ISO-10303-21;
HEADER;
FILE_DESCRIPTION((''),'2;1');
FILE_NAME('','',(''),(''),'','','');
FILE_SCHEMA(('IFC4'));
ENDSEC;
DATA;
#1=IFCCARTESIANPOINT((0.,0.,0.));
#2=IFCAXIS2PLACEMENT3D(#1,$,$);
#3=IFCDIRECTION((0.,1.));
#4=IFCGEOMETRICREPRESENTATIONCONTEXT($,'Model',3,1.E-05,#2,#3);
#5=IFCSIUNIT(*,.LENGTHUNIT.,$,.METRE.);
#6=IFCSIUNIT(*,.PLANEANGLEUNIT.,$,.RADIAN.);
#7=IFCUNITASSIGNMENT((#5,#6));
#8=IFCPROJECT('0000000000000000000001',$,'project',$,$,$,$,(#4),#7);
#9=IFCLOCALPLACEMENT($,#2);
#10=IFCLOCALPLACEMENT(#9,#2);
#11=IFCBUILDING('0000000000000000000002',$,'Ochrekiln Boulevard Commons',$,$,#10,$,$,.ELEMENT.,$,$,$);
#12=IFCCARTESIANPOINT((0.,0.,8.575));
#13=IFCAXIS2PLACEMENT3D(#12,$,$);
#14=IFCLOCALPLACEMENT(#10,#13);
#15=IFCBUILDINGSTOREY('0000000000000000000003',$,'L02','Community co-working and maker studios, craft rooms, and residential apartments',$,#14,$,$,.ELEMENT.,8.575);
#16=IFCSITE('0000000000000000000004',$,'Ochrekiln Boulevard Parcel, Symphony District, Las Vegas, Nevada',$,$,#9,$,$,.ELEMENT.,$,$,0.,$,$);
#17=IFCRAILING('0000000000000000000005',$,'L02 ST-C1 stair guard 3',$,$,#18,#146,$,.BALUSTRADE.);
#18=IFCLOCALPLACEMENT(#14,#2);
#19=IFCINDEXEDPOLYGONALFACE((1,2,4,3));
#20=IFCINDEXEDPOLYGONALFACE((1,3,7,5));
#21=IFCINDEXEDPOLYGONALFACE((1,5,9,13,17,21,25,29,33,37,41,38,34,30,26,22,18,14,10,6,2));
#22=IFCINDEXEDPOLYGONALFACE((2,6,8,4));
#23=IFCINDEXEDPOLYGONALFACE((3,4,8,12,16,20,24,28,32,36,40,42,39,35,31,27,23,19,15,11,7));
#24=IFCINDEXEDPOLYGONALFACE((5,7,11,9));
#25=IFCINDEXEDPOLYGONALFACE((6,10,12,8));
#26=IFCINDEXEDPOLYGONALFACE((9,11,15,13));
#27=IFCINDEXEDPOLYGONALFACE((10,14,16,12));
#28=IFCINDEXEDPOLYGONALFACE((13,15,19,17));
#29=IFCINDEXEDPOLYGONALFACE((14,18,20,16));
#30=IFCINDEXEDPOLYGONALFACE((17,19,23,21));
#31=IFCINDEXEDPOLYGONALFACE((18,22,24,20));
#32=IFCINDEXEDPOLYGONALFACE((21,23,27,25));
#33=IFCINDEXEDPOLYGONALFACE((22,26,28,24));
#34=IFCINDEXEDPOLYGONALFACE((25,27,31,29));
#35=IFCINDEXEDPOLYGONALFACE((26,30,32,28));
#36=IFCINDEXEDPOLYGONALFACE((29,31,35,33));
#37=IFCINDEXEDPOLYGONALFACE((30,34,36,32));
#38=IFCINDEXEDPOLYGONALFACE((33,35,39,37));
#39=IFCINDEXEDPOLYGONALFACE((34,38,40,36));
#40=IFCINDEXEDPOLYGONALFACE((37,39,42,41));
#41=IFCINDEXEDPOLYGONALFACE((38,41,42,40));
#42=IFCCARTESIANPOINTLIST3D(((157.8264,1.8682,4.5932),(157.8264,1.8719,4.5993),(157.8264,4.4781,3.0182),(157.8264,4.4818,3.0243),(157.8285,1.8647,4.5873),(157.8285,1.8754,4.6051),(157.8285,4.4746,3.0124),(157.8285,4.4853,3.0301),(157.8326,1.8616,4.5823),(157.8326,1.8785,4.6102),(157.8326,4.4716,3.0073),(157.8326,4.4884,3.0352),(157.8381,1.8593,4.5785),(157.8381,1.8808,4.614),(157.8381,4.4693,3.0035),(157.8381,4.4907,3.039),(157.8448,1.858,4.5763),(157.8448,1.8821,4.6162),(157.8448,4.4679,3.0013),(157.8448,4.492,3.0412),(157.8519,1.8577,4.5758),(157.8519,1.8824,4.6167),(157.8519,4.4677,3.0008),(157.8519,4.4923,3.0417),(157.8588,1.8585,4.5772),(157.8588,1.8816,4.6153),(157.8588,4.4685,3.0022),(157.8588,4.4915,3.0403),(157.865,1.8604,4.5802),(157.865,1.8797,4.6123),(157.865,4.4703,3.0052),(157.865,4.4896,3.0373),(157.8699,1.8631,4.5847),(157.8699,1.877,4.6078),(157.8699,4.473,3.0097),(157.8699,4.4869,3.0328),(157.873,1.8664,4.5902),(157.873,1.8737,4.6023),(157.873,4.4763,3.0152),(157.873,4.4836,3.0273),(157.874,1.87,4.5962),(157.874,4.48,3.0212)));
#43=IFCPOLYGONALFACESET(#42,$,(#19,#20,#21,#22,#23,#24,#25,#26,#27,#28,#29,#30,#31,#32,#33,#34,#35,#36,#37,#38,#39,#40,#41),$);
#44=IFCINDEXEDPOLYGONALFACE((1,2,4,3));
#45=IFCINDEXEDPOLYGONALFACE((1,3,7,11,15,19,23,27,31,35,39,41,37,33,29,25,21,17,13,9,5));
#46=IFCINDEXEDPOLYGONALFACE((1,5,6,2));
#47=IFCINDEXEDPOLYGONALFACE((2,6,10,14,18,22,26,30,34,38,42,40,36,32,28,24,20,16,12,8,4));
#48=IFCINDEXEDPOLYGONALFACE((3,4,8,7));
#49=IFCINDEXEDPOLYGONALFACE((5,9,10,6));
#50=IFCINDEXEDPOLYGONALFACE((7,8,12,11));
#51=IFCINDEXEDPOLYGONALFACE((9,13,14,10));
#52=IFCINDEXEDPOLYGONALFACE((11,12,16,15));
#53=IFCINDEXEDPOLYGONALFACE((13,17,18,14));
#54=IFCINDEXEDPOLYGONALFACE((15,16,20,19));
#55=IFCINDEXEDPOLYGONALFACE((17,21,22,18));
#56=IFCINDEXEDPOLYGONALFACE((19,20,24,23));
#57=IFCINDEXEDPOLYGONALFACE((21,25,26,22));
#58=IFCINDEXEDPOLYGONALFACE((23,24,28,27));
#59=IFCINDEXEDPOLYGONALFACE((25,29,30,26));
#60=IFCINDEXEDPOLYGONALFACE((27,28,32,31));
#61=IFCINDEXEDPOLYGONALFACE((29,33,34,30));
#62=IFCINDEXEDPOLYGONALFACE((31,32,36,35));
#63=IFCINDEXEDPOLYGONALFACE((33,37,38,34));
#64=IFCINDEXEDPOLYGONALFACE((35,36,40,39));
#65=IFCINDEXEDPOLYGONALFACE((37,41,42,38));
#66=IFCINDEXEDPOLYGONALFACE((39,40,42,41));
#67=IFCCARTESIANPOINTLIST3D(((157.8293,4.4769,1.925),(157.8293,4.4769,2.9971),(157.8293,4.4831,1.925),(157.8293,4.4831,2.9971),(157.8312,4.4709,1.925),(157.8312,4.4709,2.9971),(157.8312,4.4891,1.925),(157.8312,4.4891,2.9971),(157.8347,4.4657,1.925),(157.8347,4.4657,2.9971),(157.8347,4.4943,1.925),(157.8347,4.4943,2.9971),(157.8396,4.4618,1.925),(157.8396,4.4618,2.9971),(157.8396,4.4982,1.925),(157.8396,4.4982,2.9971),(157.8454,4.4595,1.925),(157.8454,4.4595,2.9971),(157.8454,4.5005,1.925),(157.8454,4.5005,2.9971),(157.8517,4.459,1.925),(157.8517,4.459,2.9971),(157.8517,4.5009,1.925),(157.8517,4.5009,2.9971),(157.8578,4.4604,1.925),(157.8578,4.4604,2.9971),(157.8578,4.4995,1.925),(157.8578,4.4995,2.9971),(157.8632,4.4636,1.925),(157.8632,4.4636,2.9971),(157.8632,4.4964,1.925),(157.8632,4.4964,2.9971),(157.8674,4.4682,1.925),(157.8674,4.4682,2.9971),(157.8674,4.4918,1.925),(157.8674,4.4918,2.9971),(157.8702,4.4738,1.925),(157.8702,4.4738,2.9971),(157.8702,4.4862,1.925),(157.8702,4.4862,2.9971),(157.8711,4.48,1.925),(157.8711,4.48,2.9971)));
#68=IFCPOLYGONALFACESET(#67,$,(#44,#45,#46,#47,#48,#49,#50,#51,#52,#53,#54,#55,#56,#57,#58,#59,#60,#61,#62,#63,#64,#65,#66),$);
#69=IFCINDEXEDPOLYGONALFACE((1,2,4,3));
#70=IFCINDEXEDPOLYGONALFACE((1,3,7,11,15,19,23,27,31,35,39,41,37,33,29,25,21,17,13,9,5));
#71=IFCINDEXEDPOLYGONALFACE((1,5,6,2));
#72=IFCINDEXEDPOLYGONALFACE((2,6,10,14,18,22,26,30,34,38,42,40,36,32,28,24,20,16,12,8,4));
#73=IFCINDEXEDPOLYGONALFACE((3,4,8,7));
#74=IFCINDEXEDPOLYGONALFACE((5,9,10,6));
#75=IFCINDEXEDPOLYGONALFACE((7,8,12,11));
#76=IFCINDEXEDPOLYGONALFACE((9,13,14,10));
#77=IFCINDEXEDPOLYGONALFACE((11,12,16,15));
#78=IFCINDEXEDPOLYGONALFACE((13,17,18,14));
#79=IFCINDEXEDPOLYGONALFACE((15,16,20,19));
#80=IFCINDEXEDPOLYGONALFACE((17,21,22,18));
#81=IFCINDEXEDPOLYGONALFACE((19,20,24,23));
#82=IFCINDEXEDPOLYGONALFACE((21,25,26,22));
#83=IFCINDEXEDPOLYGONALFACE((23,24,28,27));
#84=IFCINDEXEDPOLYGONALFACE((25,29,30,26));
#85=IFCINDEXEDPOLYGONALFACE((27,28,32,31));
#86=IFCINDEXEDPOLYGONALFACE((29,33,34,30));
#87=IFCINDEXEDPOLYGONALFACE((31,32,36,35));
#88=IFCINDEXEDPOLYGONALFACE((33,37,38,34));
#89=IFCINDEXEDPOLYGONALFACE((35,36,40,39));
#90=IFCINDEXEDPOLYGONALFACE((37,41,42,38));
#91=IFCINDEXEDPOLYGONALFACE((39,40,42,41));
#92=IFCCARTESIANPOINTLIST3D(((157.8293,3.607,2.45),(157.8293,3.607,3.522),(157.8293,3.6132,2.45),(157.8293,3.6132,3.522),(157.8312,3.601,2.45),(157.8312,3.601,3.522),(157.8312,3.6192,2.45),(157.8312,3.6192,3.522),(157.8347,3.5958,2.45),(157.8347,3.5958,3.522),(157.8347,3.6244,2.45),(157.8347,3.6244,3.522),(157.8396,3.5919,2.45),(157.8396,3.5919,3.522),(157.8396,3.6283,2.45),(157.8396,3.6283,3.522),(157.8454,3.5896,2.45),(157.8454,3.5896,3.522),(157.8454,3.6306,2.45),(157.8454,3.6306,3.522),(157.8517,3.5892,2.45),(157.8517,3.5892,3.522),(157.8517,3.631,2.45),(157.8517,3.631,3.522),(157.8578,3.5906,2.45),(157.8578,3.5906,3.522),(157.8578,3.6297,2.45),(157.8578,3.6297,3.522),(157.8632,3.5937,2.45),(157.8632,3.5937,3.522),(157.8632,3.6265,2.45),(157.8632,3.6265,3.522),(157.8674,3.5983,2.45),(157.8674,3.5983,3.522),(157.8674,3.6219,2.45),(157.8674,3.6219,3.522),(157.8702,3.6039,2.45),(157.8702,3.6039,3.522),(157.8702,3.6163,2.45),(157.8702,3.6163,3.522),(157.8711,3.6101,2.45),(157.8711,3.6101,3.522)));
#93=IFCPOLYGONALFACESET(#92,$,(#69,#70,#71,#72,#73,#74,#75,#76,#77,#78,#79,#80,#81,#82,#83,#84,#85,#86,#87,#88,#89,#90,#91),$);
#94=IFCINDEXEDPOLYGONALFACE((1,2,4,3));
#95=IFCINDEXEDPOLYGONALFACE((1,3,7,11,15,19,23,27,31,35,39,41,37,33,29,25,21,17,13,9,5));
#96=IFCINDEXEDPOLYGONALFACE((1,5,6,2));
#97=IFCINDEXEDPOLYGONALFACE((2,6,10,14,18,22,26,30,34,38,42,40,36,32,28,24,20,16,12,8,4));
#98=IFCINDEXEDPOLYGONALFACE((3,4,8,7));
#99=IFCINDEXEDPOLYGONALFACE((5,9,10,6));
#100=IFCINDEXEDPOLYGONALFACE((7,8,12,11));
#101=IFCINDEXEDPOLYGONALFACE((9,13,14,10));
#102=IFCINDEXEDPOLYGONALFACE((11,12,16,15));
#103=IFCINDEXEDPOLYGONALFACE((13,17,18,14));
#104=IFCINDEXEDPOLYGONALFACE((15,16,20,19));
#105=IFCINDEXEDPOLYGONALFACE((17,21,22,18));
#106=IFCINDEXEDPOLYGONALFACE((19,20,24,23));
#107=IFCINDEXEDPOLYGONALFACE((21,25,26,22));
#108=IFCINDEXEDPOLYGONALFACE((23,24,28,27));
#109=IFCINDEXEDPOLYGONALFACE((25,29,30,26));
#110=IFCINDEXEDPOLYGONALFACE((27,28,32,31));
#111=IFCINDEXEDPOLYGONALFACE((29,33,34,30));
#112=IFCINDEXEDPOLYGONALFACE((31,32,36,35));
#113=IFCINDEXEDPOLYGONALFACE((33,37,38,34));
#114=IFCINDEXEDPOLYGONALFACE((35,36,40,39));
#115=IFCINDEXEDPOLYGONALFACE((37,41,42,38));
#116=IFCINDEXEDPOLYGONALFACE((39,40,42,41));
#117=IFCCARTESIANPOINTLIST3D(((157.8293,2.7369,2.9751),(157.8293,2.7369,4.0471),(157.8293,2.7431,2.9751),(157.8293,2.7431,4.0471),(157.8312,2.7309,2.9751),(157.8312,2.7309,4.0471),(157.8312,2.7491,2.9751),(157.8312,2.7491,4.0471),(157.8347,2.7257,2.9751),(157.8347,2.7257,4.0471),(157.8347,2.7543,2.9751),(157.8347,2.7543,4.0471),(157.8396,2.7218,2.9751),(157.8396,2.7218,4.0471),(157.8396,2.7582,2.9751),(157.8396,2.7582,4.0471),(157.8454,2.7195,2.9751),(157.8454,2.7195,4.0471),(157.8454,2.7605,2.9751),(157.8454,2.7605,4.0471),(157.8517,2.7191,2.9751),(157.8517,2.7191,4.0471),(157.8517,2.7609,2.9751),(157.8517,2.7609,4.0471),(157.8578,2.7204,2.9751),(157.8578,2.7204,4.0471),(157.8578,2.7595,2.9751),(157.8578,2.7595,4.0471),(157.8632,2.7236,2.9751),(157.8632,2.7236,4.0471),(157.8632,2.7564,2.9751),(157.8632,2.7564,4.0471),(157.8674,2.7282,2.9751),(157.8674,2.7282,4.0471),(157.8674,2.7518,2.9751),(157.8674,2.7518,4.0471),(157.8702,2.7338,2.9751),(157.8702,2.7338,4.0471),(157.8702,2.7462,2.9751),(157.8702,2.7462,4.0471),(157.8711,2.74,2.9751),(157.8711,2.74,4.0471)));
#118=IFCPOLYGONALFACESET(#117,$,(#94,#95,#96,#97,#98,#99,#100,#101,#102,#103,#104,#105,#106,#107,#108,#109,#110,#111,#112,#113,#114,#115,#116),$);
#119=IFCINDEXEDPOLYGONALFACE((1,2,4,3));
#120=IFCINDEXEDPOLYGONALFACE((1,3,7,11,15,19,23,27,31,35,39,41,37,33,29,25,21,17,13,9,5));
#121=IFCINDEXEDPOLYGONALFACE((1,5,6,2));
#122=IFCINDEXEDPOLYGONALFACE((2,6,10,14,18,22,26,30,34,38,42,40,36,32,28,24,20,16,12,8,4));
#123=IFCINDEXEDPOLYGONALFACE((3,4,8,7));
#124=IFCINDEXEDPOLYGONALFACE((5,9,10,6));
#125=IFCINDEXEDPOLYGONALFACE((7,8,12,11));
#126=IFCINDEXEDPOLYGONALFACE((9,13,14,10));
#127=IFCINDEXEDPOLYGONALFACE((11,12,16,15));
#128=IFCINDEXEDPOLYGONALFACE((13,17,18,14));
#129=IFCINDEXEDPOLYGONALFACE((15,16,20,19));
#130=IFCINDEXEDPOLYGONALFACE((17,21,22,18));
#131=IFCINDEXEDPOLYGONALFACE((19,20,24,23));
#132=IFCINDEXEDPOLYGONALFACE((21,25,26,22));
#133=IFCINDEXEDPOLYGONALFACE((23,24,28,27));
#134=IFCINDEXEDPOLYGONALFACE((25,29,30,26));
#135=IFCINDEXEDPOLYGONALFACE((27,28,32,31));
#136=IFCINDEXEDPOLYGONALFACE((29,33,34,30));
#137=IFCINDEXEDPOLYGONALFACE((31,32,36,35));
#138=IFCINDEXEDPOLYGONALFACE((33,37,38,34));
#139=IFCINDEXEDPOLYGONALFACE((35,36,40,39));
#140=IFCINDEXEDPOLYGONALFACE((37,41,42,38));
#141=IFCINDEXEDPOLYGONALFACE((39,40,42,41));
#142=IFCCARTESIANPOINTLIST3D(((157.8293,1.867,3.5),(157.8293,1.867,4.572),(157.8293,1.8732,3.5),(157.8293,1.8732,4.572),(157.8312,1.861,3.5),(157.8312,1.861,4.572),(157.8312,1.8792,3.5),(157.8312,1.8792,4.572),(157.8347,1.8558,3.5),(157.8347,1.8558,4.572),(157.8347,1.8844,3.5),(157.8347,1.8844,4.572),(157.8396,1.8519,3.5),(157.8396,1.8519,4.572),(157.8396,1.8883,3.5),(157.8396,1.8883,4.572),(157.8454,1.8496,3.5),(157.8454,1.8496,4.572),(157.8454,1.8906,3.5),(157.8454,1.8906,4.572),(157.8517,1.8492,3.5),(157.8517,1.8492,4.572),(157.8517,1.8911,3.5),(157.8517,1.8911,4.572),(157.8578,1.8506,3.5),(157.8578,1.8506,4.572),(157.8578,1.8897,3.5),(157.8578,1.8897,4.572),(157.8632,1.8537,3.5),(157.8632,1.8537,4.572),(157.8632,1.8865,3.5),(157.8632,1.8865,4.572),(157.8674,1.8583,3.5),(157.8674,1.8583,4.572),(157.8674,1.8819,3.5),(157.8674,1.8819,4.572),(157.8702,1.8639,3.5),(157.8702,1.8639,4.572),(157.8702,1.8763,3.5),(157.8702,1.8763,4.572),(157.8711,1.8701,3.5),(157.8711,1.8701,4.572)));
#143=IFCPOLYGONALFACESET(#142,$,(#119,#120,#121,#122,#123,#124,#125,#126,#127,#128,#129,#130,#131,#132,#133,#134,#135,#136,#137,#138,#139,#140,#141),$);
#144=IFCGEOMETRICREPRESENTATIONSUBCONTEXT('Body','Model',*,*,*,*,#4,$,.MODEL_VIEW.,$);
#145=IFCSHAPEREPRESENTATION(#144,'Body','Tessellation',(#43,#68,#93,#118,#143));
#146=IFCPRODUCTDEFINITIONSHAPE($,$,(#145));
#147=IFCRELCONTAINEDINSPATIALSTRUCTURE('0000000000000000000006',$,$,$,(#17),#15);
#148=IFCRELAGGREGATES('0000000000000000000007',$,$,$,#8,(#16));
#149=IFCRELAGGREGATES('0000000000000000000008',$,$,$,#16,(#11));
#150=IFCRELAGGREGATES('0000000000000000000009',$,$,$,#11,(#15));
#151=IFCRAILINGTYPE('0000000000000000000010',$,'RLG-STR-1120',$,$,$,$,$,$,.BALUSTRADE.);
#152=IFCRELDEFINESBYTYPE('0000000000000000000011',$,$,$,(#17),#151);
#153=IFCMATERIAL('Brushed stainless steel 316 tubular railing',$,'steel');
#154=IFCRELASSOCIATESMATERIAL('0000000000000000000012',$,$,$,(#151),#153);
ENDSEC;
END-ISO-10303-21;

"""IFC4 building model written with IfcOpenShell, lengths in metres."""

from ifc_helpers import new_model, si_unit, direction, frame, origin, origin_2d, place, context, subcontext, project, spatial, circle, extrude, material, type_object, element, save


model = new_model("IFC4")

# Units and contexts
model_context = context("Model", 3, precision=1e-05, world=origin(), true_north=direction((0.0, 1.0)))
body_context = subcontext(model_context, "Body", "Model", "MODEL_VIEW")
ifc_project = project(units=[si_unit("LENGTHUNIT", "METRE"), si_unit("PLANEANGLEUNIT", "RADIAN")], contexts=[model_context])

# Site, building, storey
site_placement = place(None, origin())
site = spatial("IfcSite", under=ifc_project, at=site_placement, Name="Ochrekiln Boulevard Parcel, Symphony District, Las Vegas, Nevada", CompositionType="ELEMENT", RefElevation=0.0)
building_placement = place(site_placement, origin())
building = spatial("IfcBuilding", under=site, at=building_placement, Name="Ochrekiln Boulevard Commons", CompositionType="ELEMENT")
storey_placement = place(building_placement, frame((0.0, 0.0, 8.575)))
storey = spatial("IfcBuildingStorey", under=building, at=storey_placement, Name="L02", Description="Community co-working and maker studios, craft rooms, and residential apartments", CompositionType="ELEMENT", Elevation=8.575)

# Railing
ifc_material_1 = material(Name="Brushed stainless steel 316 tubular railing", Category="steel")
railing_type_1 = type_object("IfcRailingType", Name="RLG-STR-1120", PredefinedType="BALUSTRADE", material=ifc_material_1)
railing_1_placement = place(storey_placement, frame((157.8501, 4.48, 1.925)))
element("IfcRailing", 1, at=railing_1_placement, inside=storey, type_object=railing_type_1, Name="L02 ST-C1 stair guard 3", PredefinedType="BALUSTRADE", context=body_context, shape_type="SweptSolid", body=[
    extrude(circle(Radius=0.0239, at=origin_2d()), frame((0.0, 0.0, 1.0962), z_axis=(0.0, -0.856183, 0.516673), x_axis=(1.0, 0.0, 0.0)), (0.0, 0.0, 1.0), 3.0483),
    extrude(circle(Radius=0.021, at=origin_2d()), origin(), (0.0, 0.0, 1.0), 1.072),
    extrude(circle(Radius=0.021, at=origin_2d()), frame((0.0, -0.8699, 0.5249)), (0.0, 0.0, 1.0), 1.072),
    extrude(circle(Radius=0.021, at=origin_2d()), frame((0.0, -1.74, 1.05)), (0.0, 0.0, 1.0), 1.072),
    extrude(circle(Radius=0.021, at=origin_2d()), frame((0.0, -2.6099, 1.575)), (0.0, 0.0, 1.0), 1.072),
])

save(model, "model.ifc")
